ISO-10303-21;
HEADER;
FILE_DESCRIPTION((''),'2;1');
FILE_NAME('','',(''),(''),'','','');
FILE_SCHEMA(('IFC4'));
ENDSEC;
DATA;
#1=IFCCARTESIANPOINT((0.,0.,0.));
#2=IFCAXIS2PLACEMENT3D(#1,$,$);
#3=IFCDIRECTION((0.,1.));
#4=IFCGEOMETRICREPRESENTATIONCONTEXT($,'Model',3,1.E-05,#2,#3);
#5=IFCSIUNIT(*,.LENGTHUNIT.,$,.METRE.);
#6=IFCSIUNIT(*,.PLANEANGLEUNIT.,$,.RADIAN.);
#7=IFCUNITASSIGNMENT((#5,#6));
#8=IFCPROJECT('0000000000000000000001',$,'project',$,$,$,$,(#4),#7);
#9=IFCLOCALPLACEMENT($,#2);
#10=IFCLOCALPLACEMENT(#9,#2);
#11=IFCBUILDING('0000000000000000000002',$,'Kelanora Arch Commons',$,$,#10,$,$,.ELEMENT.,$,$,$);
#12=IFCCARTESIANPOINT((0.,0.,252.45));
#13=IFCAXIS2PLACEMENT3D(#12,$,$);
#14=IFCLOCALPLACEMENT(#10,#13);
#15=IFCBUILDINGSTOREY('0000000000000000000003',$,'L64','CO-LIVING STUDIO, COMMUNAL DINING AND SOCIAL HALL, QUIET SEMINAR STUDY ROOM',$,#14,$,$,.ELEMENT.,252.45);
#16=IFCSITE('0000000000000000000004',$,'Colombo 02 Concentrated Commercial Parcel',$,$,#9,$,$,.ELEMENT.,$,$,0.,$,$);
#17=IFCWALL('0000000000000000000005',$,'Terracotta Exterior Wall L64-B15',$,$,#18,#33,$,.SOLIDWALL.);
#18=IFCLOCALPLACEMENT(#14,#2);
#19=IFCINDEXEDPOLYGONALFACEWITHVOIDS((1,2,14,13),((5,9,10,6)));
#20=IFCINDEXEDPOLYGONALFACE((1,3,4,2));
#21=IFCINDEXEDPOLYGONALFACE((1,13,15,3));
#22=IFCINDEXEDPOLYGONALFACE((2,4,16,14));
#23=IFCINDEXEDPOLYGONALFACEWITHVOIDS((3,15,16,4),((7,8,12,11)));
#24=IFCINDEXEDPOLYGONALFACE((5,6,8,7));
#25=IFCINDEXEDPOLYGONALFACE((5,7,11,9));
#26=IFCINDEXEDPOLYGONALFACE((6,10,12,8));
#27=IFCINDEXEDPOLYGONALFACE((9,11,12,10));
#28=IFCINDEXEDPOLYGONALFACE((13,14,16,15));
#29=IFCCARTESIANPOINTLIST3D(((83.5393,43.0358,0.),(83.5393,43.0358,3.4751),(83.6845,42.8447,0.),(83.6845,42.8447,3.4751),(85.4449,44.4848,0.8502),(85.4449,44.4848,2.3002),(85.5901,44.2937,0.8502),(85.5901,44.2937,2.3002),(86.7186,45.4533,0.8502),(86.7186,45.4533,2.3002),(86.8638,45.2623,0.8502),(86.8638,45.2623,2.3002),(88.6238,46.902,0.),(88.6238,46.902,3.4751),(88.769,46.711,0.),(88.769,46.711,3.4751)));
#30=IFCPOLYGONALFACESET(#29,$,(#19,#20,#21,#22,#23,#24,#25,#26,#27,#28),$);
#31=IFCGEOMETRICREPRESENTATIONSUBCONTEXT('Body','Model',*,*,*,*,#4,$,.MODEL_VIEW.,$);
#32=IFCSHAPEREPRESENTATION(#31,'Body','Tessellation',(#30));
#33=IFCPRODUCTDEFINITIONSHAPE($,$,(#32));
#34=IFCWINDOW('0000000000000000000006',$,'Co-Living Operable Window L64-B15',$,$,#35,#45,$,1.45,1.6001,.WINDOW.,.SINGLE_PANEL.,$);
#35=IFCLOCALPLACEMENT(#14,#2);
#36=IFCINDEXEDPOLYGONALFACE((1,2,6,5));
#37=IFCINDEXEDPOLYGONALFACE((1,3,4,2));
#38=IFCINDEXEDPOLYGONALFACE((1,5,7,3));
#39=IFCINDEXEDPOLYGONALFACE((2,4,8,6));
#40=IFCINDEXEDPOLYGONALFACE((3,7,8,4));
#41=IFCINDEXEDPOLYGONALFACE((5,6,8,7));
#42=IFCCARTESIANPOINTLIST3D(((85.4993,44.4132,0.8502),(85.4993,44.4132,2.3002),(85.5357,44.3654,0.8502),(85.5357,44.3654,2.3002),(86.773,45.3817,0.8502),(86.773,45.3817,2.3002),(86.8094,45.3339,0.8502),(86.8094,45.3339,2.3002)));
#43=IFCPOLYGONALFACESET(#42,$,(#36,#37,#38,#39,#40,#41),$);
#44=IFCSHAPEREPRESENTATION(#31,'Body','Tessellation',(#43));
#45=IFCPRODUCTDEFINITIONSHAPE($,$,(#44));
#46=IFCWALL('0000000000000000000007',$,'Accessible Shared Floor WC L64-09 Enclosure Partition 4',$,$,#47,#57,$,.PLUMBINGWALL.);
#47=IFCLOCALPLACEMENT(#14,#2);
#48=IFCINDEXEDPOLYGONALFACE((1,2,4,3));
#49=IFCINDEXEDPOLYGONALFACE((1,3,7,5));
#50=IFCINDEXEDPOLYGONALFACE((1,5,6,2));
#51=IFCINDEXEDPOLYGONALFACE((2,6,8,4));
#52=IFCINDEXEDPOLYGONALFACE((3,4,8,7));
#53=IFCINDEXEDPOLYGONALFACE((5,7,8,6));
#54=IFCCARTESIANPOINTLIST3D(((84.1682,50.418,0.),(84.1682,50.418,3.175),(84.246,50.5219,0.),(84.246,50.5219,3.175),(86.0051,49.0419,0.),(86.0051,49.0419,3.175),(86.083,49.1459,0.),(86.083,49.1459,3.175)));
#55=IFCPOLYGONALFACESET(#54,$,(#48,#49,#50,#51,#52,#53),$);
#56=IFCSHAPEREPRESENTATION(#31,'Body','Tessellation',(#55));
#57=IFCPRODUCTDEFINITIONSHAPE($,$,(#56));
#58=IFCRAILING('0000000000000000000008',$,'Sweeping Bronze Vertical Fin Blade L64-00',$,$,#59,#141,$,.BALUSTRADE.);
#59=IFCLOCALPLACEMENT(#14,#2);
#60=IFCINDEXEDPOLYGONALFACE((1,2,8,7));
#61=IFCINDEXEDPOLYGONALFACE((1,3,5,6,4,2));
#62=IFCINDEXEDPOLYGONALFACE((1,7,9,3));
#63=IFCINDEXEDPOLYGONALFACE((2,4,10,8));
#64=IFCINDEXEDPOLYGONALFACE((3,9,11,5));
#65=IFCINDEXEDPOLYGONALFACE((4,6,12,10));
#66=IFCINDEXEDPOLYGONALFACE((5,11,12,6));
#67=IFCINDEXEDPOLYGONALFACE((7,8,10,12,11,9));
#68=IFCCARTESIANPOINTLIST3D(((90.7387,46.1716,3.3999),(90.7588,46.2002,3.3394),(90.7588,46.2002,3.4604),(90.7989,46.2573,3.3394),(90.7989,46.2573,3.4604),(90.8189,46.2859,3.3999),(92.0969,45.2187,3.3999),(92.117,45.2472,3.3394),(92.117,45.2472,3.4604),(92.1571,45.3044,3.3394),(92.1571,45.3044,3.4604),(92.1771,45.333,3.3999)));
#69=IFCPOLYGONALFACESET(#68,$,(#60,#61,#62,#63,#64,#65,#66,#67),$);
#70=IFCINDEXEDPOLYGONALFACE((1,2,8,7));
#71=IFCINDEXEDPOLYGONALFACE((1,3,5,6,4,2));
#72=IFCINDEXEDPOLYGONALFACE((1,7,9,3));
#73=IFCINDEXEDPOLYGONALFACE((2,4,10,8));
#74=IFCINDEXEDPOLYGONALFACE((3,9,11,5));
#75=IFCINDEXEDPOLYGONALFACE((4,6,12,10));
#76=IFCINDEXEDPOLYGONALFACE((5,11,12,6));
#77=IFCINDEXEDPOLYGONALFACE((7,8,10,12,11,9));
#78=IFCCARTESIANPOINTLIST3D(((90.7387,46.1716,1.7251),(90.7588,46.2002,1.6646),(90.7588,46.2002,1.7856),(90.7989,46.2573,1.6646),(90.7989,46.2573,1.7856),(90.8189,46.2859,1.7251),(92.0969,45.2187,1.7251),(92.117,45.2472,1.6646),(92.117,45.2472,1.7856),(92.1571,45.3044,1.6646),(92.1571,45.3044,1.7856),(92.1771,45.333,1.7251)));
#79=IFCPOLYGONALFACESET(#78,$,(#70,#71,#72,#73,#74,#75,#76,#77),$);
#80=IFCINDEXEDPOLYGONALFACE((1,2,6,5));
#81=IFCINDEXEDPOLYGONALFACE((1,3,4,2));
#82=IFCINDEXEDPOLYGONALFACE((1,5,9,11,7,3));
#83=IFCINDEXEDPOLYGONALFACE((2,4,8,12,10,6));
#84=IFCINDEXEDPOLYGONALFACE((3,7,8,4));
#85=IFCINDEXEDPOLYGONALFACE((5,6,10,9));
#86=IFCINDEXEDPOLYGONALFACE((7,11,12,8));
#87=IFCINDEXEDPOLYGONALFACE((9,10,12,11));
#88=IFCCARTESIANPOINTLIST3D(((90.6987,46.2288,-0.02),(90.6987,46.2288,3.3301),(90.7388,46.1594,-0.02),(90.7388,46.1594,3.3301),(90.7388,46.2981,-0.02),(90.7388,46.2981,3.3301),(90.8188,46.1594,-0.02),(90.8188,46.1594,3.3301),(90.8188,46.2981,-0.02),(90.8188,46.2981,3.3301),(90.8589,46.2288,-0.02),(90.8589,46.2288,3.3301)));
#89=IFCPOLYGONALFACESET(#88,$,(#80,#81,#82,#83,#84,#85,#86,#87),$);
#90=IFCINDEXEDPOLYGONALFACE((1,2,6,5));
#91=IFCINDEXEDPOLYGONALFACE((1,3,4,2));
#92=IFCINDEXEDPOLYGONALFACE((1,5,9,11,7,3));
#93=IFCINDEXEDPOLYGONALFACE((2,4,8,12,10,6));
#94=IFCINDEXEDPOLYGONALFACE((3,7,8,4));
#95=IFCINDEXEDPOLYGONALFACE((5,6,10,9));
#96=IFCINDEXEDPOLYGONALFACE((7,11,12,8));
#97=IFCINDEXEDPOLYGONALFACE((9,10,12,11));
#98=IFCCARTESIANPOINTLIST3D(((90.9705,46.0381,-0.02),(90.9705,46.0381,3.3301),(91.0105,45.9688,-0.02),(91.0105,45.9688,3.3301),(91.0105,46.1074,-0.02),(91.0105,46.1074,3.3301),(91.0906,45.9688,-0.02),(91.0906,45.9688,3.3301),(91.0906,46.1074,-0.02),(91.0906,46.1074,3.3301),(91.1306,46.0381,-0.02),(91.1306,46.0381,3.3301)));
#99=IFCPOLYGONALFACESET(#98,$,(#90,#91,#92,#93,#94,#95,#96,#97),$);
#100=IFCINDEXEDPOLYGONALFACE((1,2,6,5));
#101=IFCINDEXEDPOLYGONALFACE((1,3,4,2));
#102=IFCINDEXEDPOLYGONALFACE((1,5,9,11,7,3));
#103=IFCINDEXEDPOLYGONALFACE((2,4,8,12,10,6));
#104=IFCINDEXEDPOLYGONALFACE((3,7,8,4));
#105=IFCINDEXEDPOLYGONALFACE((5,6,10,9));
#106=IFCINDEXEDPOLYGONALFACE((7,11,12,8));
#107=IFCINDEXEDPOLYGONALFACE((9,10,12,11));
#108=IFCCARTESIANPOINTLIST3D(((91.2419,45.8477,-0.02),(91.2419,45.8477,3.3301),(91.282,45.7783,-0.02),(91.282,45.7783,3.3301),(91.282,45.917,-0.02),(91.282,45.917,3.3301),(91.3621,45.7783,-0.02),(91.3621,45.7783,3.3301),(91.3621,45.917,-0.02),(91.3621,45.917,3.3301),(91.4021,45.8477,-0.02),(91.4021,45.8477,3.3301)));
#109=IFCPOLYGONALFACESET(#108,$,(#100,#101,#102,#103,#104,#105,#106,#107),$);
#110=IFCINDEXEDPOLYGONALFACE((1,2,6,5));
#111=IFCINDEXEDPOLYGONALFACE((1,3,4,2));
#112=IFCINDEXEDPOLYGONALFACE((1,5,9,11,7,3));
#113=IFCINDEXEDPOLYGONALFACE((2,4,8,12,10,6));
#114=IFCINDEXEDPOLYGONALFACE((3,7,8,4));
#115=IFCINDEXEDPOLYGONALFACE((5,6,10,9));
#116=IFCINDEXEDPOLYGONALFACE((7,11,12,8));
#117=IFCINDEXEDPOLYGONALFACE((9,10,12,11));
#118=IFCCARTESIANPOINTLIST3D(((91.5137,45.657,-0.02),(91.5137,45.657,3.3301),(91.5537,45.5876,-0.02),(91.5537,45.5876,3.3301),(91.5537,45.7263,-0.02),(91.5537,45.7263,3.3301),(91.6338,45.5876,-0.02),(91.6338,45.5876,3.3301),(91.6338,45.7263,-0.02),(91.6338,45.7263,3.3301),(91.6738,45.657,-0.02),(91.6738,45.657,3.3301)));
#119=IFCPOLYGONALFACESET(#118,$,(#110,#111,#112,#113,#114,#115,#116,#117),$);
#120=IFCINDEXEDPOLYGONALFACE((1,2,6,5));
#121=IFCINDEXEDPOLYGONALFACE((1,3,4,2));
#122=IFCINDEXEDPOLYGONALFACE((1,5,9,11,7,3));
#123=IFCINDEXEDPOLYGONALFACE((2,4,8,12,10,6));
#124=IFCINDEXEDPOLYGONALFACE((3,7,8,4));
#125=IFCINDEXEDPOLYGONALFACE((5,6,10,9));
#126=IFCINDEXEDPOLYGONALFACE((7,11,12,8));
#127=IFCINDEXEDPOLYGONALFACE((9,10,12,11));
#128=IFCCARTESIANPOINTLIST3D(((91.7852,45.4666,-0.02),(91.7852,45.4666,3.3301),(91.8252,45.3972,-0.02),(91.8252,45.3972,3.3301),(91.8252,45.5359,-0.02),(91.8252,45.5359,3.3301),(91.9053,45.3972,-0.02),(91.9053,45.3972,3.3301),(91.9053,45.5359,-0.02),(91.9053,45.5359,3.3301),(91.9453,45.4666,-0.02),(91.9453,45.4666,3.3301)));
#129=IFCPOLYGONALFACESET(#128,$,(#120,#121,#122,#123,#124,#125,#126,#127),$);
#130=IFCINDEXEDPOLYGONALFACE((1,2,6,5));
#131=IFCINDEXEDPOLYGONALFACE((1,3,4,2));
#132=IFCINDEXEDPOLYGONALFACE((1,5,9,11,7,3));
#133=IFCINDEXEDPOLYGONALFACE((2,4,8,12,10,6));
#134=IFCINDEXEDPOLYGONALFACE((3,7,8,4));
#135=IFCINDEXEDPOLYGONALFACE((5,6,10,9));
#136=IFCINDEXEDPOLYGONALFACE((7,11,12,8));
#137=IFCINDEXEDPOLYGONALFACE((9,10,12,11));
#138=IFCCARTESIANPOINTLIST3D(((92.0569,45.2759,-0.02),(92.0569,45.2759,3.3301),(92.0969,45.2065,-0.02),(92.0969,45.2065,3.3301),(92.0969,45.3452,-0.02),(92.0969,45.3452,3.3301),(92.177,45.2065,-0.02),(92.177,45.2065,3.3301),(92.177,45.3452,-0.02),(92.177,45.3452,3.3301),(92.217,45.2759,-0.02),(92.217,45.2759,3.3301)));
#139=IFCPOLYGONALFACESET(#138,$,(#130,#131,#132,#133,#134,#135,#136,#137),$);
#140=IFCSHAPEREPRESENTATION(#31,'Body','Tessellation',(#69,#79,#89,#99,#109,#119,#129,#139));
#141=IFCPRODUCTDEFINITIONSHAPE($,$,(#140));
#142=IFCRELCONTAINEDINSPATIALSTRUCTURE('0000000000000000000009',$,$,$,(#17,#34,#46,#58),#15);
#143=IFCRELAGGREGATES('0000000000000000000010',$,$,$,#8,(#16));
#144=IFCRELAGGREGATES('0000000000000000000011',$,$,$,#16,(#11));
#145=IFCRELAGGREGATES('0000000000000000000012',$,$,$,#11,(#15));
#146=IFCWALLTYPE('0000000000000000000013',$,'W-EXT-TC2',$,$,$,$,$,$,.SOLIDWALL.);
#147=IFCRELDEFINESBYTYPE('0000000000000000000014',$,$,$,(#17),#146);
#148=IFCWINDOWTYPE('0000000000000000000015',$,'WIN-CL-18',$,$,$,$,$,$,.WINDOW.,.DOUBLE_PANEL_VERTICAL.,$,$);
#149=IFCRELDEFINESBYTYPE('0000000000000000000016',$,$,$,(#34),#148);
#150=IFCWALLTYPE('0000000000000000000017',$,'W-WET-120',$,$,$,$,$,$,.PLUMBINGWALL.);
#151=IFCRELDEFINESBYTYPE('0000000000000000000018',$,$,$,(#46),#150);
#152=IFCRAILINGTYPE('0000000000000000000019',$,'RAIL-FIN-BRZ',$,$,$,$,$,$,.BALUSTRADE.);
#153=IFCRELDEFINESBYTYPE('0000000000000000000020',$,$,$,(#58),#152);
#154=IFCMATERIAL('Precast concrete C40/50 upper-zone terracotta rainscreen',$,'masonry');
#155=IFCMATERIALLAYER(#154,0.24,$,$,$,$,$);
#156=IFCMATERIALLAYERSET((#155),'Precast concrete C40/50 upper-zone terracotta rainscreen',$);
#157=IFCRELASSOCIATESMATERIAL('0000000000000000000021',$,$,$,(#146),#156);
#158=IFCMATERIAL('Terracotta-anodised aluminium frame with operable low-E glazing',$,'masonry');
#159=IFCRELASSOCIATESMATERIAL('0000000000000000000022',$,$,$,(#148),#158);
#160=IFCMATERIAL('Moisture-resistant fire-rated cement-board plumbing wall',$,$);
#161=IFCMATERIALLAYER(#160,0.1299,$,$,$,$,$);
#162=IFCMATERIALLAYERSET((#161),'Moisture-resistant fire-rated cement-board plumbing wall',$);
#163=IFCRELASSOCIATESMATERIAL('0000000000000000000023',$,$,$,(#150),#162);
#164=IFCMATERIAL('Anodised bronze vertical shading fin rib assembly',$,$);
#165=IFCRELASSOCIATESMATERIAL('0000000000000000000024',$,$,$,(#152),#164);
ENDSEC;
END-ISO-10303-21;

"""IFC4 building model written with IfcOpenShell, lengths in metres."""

from ifc_helpers import new_model, si_unit, direction, frame, frame_2d, origin, place, context, subcontext, project, spatial, polyline, rectangle, outline, extrude, material, layer, layer_set, type_object, element, fill, save


model = new_model("IFC4")

# Units and contexts
model_context = context("Model", 3, precision=1e-05, world=origin(), true_north=direction((0.0, 1.0)))
body_context = subcontext(model_context, "Body", "Model", "MODEL_VIEW")
ifc_project = project(units=[si_unit("LENGTHUNIT", "METRE"), si_unit("PLANEANGLEUNIT", "RADIAN")], contexts=[model_context])

# Site, building, storey
site_placement = place(None, origin())
site = spatial("IfcSite", under=ifc_project, at=site_placement, Name="Colombo 02 Concentrated Commercial Parcel", CompositionType="ELEMENT", RefElevation=0.0)
building_placement = place(site_placement, origin())
building = spatial("IfcBuilding", under=site, at=building_placement, Name="Kelanora Arch Commons", CompositionType="ELEMENT")
storey_placement = place(building_placement, frame((0.0, 0.0, 252.45)))
storey = spatial("IfcBuildingStorey", under=building, at=storey_placement, Name="L64", Description="CO-LIVING STUDIO, COMMUNAL DINING AND SOCIAL HALL, QUIET SEMINAR STUDY ROOM", CompositionType="ELEMENT", Elevation=252.45)

# Wall, opening, window
ifc_material_1 = material(Name="Precast concrete C40/50 upper-zone terracotta rainscreen", Category="masonry")
ifc_layer_1 = layer(ifc_material_1, 0.24)
ifc_layer_set_1 = layer_set([ifc_layer_1], Name="Precast concrete C40/50 upper-zone terracotta rainscreen")
wall_type_1 = type_object("IfcWallType", Name="W-EXT-TC2", PredefinedType="SOLIDWALL", material=ifc_layer_set_1)
wall_1_placement = place(storey_placement, frame((83.6118, 42.9402, 0.0), z_axis=(0.0, 0.0, 1.0), x_axis=(0.79601, 0.605283, 0.0)))
wall_1 = element("IfcWall", 1, at=wall_1_placement, inside=storey, type_object=wall_type_1, Name="Terracotta Exterior Wall L64-B15", PredefinedType="SOLIDWALL", context=body_context, shape_type="SweptSolid", body=[
    extrude(rectangle(XDim=6.3875, YDim=0.24, at=frame_2d((3.1938, 0.0))), origin(), (0.0, 0.0, 1.0), 3.4751),
])
opening_placement = place(wall_1_placement, frame((2.394, 0.0, 0.8501)))
opening = element("IfcOpeningElement", 2, at=opening_placement, cuts=wall_1, PredefinedType="OPENING", context=body_context, shape_type="SweptSolid", body=[
    extrude(rectangle(XDim=1.6001, YDim=1.45, at=frame_2d((0.8, 0.7251))), frame((0.0, 0.1299, 0.0), z_axis=(0.0, -1.0, 0.0), x_axis=(1.0, 0.0, 0.0)), (0.0, 0.0, 1.0), 0.26),
])
ifc_material_2 = material(Name="Terracotta-anodised aluminium frame with operable low-E glazing", Category="masonry")
window_type = type_object("IfcWindowType", Name="WIN-CL-18", PartitioningType="DOUBLE_PANEL_VERTICAL", PredefinedType="WINDOW", material=ifc_material_2)
window_placement = place(opening_placement, origin())
window = element("IfcWindow", 3, at=window_placement, inside=storey, type_object=window_type, Name="Co-Living Operable Window L64-B15", OverallHeight=1.45, OverallWidth=1.6001, PartitioningType="SINGLE_PANEL", PredefinedType="WINDOW", context=body_context, shape_type="SweptSolid", body=[
    extrude(rectangle(XDim=1.6001, YDim=1.45, at=frame_2d((0.8, 0.7251))), frame((0.0, 0.03, 0.0), z_axis=(0.0, -1.0, 0.0), x_axis=(1.0, 0.0, 0.0)), (0.0, 0.0, 1.0), 0.0601),
])
fill(opening, window)

# Wall
ifc_material_3 = material(Name="Moisture-resistant fire-rated cement-board plumbing wall")
ifc_layer_2 = layer(ifc_material_3, 0.1299)
ifc_layer_set_2 = layer_set([ifc_layer_2], Name="Moisture-resistant fire-rated cement-board plumbing wall")
wall_type_2 = type_object("IfcWallType", Name="W-WET-120", PredefinedType="PLUMBINGWALL", material=ifc_layer_set_2)
wall_2_placement = place(storey_placement, frame((86.0439, 49.094, 0.0), z_axis=(0.0, 0.0, 1.0), x_axis=(-0.800357, 0.599523, 0.0)))
element("IfcWall", 4, at=wall_2_placement, inside=storey, type_object=wall_type_2, Name="Accessible Shared Floor WC L64-09 Enclosure Partition 4", PredefinedType="PLUMBINGWALL", context=body_context, shape_type="SweptSolid", body=[
    extrude(rectangle(XDim=2.2952, YDim=0.1299, at=frame_2d((1.1475, 0.0))), origin(), (0.0, 0.0, 1.0), 3.175),
])

# Railing
ifc_material_4 = material(Name="Anodised bronze vertical shading fin rib assembly")
railing_type = type_object("IfcRailingType", Name="RAIL-FIN-BRZ", PredefinedType="BALUSTRADE", material=ifc_material_4)
railing_1_placement = place(storey_placement, frame((90.7788, 46.2288, -0.02)))
element("IfcRailing", 5, at=railing_1_placement, inside=storey, type_object=railing_type, Name="Sweeping Bronze Vertical Fin Blade L64-00", PredefinedType="BALUSTRADE", context=body_context, shape_type="SweptSolid", body=[
    extrude(outline(polyline([(0.0698, 0.0), (0.0349, 0.0605), (-0.0349, 0.0605), (-0.0698, 0.0), (-0.0349, -0.0605), (0.0349, -0.0605), (0.0698, 0.0)])), frame((0.0, 0.0, 3.4199), z_axis=(0.818616, -0.574341, 0.0), x_axis=(0.574341, 0.818616, 0.0)), (0.0, 0.0, 1.0), 1.6592),
    extrude(outline(polyline([(0.0698, 0.0), (0.0349, 0.0605), (-0.0349, 0.0605), (-0.0698, 0.0), (-0.0349, -0.0605), (0.0349, -0.0605), (0.0698, 0.0)])), frame((0.0, 0.0, 1.7451), z_axis=(0.818616, -0.574341, 0.0), x_axis=(0.574341, 0.818616, 0.0)), (0.0, 0.0, 1.0), 1.6592),
    extrude(outline(polyline([(0.0801, 0.0), (0.04, 0.0693), (-0.04, 0.0693), (-0.0801, 0.0), (-0.04, -0.0693), (0.04, -0.0693), (0.0801, 0.0)])), origin(), (0.0, 0.0, 1.0), 3.3501),
    extrude(outline(polyline([(0.0801, 0.0), (0.04, 0.0693), (-0.04, 0.0693), (-0.0801, 0.0), (-0.04, -0.0693), (0.04, -0.0693), (0.0801, 0.0)])), frame((0.2717, -0.1907, 0.0)), (0.0, 0.0, 1.0), 3.3501),
    extrude(outline(polyline([(0.0801, 0.0), (0.04, 0.0693), (-0.04, 0.0693), (-0.0801, 0.0), (-0.04, -0.0693), (0.04, -0.0693), (0.0801, 0.0)])), frame((0.5432, -0.3811, 0.0)), (0.0, 0.0, 1.0), 3.3501),
    extrude(outline(polyline([(0.0801, 0.0), (0.04, 0.0693), (-0.04, 0.0693), (-0.0801, 0.0), (-0.04, -0.0693), (0.04, -0.0693), (0.0801, 0.0)])), frame((0.8149, -0.5718, 0.0)), (0.0, 0.0, 1.0), 3.3501),
    extrude(outline(polyline([(0.0801, 0.0), (0.04, 0.0693), (-0.04, 0.0693), (-0.0801, 0.0), (-0.04, -0.0693), (0.04, -0.0693), (0.0801, 0.0)])), frame((1.0864, -0.7622, 0.0)), (0.0, 0.0, 1.0), 3.3501),
    extrude(outline(polyline([(0.0801, 0.0), (0.04, 0.0693), (-0.04, 0.0693), (-0.0801, 0.0), (-0.04, -0.0693), (0.04, -0.0693), (0.0801, 0.0)])), frame((1.3582, -0.9529, 0.0)), (0.0, 0.0, 1.0), 3.3501),
])

save(model, "model.ifc")
